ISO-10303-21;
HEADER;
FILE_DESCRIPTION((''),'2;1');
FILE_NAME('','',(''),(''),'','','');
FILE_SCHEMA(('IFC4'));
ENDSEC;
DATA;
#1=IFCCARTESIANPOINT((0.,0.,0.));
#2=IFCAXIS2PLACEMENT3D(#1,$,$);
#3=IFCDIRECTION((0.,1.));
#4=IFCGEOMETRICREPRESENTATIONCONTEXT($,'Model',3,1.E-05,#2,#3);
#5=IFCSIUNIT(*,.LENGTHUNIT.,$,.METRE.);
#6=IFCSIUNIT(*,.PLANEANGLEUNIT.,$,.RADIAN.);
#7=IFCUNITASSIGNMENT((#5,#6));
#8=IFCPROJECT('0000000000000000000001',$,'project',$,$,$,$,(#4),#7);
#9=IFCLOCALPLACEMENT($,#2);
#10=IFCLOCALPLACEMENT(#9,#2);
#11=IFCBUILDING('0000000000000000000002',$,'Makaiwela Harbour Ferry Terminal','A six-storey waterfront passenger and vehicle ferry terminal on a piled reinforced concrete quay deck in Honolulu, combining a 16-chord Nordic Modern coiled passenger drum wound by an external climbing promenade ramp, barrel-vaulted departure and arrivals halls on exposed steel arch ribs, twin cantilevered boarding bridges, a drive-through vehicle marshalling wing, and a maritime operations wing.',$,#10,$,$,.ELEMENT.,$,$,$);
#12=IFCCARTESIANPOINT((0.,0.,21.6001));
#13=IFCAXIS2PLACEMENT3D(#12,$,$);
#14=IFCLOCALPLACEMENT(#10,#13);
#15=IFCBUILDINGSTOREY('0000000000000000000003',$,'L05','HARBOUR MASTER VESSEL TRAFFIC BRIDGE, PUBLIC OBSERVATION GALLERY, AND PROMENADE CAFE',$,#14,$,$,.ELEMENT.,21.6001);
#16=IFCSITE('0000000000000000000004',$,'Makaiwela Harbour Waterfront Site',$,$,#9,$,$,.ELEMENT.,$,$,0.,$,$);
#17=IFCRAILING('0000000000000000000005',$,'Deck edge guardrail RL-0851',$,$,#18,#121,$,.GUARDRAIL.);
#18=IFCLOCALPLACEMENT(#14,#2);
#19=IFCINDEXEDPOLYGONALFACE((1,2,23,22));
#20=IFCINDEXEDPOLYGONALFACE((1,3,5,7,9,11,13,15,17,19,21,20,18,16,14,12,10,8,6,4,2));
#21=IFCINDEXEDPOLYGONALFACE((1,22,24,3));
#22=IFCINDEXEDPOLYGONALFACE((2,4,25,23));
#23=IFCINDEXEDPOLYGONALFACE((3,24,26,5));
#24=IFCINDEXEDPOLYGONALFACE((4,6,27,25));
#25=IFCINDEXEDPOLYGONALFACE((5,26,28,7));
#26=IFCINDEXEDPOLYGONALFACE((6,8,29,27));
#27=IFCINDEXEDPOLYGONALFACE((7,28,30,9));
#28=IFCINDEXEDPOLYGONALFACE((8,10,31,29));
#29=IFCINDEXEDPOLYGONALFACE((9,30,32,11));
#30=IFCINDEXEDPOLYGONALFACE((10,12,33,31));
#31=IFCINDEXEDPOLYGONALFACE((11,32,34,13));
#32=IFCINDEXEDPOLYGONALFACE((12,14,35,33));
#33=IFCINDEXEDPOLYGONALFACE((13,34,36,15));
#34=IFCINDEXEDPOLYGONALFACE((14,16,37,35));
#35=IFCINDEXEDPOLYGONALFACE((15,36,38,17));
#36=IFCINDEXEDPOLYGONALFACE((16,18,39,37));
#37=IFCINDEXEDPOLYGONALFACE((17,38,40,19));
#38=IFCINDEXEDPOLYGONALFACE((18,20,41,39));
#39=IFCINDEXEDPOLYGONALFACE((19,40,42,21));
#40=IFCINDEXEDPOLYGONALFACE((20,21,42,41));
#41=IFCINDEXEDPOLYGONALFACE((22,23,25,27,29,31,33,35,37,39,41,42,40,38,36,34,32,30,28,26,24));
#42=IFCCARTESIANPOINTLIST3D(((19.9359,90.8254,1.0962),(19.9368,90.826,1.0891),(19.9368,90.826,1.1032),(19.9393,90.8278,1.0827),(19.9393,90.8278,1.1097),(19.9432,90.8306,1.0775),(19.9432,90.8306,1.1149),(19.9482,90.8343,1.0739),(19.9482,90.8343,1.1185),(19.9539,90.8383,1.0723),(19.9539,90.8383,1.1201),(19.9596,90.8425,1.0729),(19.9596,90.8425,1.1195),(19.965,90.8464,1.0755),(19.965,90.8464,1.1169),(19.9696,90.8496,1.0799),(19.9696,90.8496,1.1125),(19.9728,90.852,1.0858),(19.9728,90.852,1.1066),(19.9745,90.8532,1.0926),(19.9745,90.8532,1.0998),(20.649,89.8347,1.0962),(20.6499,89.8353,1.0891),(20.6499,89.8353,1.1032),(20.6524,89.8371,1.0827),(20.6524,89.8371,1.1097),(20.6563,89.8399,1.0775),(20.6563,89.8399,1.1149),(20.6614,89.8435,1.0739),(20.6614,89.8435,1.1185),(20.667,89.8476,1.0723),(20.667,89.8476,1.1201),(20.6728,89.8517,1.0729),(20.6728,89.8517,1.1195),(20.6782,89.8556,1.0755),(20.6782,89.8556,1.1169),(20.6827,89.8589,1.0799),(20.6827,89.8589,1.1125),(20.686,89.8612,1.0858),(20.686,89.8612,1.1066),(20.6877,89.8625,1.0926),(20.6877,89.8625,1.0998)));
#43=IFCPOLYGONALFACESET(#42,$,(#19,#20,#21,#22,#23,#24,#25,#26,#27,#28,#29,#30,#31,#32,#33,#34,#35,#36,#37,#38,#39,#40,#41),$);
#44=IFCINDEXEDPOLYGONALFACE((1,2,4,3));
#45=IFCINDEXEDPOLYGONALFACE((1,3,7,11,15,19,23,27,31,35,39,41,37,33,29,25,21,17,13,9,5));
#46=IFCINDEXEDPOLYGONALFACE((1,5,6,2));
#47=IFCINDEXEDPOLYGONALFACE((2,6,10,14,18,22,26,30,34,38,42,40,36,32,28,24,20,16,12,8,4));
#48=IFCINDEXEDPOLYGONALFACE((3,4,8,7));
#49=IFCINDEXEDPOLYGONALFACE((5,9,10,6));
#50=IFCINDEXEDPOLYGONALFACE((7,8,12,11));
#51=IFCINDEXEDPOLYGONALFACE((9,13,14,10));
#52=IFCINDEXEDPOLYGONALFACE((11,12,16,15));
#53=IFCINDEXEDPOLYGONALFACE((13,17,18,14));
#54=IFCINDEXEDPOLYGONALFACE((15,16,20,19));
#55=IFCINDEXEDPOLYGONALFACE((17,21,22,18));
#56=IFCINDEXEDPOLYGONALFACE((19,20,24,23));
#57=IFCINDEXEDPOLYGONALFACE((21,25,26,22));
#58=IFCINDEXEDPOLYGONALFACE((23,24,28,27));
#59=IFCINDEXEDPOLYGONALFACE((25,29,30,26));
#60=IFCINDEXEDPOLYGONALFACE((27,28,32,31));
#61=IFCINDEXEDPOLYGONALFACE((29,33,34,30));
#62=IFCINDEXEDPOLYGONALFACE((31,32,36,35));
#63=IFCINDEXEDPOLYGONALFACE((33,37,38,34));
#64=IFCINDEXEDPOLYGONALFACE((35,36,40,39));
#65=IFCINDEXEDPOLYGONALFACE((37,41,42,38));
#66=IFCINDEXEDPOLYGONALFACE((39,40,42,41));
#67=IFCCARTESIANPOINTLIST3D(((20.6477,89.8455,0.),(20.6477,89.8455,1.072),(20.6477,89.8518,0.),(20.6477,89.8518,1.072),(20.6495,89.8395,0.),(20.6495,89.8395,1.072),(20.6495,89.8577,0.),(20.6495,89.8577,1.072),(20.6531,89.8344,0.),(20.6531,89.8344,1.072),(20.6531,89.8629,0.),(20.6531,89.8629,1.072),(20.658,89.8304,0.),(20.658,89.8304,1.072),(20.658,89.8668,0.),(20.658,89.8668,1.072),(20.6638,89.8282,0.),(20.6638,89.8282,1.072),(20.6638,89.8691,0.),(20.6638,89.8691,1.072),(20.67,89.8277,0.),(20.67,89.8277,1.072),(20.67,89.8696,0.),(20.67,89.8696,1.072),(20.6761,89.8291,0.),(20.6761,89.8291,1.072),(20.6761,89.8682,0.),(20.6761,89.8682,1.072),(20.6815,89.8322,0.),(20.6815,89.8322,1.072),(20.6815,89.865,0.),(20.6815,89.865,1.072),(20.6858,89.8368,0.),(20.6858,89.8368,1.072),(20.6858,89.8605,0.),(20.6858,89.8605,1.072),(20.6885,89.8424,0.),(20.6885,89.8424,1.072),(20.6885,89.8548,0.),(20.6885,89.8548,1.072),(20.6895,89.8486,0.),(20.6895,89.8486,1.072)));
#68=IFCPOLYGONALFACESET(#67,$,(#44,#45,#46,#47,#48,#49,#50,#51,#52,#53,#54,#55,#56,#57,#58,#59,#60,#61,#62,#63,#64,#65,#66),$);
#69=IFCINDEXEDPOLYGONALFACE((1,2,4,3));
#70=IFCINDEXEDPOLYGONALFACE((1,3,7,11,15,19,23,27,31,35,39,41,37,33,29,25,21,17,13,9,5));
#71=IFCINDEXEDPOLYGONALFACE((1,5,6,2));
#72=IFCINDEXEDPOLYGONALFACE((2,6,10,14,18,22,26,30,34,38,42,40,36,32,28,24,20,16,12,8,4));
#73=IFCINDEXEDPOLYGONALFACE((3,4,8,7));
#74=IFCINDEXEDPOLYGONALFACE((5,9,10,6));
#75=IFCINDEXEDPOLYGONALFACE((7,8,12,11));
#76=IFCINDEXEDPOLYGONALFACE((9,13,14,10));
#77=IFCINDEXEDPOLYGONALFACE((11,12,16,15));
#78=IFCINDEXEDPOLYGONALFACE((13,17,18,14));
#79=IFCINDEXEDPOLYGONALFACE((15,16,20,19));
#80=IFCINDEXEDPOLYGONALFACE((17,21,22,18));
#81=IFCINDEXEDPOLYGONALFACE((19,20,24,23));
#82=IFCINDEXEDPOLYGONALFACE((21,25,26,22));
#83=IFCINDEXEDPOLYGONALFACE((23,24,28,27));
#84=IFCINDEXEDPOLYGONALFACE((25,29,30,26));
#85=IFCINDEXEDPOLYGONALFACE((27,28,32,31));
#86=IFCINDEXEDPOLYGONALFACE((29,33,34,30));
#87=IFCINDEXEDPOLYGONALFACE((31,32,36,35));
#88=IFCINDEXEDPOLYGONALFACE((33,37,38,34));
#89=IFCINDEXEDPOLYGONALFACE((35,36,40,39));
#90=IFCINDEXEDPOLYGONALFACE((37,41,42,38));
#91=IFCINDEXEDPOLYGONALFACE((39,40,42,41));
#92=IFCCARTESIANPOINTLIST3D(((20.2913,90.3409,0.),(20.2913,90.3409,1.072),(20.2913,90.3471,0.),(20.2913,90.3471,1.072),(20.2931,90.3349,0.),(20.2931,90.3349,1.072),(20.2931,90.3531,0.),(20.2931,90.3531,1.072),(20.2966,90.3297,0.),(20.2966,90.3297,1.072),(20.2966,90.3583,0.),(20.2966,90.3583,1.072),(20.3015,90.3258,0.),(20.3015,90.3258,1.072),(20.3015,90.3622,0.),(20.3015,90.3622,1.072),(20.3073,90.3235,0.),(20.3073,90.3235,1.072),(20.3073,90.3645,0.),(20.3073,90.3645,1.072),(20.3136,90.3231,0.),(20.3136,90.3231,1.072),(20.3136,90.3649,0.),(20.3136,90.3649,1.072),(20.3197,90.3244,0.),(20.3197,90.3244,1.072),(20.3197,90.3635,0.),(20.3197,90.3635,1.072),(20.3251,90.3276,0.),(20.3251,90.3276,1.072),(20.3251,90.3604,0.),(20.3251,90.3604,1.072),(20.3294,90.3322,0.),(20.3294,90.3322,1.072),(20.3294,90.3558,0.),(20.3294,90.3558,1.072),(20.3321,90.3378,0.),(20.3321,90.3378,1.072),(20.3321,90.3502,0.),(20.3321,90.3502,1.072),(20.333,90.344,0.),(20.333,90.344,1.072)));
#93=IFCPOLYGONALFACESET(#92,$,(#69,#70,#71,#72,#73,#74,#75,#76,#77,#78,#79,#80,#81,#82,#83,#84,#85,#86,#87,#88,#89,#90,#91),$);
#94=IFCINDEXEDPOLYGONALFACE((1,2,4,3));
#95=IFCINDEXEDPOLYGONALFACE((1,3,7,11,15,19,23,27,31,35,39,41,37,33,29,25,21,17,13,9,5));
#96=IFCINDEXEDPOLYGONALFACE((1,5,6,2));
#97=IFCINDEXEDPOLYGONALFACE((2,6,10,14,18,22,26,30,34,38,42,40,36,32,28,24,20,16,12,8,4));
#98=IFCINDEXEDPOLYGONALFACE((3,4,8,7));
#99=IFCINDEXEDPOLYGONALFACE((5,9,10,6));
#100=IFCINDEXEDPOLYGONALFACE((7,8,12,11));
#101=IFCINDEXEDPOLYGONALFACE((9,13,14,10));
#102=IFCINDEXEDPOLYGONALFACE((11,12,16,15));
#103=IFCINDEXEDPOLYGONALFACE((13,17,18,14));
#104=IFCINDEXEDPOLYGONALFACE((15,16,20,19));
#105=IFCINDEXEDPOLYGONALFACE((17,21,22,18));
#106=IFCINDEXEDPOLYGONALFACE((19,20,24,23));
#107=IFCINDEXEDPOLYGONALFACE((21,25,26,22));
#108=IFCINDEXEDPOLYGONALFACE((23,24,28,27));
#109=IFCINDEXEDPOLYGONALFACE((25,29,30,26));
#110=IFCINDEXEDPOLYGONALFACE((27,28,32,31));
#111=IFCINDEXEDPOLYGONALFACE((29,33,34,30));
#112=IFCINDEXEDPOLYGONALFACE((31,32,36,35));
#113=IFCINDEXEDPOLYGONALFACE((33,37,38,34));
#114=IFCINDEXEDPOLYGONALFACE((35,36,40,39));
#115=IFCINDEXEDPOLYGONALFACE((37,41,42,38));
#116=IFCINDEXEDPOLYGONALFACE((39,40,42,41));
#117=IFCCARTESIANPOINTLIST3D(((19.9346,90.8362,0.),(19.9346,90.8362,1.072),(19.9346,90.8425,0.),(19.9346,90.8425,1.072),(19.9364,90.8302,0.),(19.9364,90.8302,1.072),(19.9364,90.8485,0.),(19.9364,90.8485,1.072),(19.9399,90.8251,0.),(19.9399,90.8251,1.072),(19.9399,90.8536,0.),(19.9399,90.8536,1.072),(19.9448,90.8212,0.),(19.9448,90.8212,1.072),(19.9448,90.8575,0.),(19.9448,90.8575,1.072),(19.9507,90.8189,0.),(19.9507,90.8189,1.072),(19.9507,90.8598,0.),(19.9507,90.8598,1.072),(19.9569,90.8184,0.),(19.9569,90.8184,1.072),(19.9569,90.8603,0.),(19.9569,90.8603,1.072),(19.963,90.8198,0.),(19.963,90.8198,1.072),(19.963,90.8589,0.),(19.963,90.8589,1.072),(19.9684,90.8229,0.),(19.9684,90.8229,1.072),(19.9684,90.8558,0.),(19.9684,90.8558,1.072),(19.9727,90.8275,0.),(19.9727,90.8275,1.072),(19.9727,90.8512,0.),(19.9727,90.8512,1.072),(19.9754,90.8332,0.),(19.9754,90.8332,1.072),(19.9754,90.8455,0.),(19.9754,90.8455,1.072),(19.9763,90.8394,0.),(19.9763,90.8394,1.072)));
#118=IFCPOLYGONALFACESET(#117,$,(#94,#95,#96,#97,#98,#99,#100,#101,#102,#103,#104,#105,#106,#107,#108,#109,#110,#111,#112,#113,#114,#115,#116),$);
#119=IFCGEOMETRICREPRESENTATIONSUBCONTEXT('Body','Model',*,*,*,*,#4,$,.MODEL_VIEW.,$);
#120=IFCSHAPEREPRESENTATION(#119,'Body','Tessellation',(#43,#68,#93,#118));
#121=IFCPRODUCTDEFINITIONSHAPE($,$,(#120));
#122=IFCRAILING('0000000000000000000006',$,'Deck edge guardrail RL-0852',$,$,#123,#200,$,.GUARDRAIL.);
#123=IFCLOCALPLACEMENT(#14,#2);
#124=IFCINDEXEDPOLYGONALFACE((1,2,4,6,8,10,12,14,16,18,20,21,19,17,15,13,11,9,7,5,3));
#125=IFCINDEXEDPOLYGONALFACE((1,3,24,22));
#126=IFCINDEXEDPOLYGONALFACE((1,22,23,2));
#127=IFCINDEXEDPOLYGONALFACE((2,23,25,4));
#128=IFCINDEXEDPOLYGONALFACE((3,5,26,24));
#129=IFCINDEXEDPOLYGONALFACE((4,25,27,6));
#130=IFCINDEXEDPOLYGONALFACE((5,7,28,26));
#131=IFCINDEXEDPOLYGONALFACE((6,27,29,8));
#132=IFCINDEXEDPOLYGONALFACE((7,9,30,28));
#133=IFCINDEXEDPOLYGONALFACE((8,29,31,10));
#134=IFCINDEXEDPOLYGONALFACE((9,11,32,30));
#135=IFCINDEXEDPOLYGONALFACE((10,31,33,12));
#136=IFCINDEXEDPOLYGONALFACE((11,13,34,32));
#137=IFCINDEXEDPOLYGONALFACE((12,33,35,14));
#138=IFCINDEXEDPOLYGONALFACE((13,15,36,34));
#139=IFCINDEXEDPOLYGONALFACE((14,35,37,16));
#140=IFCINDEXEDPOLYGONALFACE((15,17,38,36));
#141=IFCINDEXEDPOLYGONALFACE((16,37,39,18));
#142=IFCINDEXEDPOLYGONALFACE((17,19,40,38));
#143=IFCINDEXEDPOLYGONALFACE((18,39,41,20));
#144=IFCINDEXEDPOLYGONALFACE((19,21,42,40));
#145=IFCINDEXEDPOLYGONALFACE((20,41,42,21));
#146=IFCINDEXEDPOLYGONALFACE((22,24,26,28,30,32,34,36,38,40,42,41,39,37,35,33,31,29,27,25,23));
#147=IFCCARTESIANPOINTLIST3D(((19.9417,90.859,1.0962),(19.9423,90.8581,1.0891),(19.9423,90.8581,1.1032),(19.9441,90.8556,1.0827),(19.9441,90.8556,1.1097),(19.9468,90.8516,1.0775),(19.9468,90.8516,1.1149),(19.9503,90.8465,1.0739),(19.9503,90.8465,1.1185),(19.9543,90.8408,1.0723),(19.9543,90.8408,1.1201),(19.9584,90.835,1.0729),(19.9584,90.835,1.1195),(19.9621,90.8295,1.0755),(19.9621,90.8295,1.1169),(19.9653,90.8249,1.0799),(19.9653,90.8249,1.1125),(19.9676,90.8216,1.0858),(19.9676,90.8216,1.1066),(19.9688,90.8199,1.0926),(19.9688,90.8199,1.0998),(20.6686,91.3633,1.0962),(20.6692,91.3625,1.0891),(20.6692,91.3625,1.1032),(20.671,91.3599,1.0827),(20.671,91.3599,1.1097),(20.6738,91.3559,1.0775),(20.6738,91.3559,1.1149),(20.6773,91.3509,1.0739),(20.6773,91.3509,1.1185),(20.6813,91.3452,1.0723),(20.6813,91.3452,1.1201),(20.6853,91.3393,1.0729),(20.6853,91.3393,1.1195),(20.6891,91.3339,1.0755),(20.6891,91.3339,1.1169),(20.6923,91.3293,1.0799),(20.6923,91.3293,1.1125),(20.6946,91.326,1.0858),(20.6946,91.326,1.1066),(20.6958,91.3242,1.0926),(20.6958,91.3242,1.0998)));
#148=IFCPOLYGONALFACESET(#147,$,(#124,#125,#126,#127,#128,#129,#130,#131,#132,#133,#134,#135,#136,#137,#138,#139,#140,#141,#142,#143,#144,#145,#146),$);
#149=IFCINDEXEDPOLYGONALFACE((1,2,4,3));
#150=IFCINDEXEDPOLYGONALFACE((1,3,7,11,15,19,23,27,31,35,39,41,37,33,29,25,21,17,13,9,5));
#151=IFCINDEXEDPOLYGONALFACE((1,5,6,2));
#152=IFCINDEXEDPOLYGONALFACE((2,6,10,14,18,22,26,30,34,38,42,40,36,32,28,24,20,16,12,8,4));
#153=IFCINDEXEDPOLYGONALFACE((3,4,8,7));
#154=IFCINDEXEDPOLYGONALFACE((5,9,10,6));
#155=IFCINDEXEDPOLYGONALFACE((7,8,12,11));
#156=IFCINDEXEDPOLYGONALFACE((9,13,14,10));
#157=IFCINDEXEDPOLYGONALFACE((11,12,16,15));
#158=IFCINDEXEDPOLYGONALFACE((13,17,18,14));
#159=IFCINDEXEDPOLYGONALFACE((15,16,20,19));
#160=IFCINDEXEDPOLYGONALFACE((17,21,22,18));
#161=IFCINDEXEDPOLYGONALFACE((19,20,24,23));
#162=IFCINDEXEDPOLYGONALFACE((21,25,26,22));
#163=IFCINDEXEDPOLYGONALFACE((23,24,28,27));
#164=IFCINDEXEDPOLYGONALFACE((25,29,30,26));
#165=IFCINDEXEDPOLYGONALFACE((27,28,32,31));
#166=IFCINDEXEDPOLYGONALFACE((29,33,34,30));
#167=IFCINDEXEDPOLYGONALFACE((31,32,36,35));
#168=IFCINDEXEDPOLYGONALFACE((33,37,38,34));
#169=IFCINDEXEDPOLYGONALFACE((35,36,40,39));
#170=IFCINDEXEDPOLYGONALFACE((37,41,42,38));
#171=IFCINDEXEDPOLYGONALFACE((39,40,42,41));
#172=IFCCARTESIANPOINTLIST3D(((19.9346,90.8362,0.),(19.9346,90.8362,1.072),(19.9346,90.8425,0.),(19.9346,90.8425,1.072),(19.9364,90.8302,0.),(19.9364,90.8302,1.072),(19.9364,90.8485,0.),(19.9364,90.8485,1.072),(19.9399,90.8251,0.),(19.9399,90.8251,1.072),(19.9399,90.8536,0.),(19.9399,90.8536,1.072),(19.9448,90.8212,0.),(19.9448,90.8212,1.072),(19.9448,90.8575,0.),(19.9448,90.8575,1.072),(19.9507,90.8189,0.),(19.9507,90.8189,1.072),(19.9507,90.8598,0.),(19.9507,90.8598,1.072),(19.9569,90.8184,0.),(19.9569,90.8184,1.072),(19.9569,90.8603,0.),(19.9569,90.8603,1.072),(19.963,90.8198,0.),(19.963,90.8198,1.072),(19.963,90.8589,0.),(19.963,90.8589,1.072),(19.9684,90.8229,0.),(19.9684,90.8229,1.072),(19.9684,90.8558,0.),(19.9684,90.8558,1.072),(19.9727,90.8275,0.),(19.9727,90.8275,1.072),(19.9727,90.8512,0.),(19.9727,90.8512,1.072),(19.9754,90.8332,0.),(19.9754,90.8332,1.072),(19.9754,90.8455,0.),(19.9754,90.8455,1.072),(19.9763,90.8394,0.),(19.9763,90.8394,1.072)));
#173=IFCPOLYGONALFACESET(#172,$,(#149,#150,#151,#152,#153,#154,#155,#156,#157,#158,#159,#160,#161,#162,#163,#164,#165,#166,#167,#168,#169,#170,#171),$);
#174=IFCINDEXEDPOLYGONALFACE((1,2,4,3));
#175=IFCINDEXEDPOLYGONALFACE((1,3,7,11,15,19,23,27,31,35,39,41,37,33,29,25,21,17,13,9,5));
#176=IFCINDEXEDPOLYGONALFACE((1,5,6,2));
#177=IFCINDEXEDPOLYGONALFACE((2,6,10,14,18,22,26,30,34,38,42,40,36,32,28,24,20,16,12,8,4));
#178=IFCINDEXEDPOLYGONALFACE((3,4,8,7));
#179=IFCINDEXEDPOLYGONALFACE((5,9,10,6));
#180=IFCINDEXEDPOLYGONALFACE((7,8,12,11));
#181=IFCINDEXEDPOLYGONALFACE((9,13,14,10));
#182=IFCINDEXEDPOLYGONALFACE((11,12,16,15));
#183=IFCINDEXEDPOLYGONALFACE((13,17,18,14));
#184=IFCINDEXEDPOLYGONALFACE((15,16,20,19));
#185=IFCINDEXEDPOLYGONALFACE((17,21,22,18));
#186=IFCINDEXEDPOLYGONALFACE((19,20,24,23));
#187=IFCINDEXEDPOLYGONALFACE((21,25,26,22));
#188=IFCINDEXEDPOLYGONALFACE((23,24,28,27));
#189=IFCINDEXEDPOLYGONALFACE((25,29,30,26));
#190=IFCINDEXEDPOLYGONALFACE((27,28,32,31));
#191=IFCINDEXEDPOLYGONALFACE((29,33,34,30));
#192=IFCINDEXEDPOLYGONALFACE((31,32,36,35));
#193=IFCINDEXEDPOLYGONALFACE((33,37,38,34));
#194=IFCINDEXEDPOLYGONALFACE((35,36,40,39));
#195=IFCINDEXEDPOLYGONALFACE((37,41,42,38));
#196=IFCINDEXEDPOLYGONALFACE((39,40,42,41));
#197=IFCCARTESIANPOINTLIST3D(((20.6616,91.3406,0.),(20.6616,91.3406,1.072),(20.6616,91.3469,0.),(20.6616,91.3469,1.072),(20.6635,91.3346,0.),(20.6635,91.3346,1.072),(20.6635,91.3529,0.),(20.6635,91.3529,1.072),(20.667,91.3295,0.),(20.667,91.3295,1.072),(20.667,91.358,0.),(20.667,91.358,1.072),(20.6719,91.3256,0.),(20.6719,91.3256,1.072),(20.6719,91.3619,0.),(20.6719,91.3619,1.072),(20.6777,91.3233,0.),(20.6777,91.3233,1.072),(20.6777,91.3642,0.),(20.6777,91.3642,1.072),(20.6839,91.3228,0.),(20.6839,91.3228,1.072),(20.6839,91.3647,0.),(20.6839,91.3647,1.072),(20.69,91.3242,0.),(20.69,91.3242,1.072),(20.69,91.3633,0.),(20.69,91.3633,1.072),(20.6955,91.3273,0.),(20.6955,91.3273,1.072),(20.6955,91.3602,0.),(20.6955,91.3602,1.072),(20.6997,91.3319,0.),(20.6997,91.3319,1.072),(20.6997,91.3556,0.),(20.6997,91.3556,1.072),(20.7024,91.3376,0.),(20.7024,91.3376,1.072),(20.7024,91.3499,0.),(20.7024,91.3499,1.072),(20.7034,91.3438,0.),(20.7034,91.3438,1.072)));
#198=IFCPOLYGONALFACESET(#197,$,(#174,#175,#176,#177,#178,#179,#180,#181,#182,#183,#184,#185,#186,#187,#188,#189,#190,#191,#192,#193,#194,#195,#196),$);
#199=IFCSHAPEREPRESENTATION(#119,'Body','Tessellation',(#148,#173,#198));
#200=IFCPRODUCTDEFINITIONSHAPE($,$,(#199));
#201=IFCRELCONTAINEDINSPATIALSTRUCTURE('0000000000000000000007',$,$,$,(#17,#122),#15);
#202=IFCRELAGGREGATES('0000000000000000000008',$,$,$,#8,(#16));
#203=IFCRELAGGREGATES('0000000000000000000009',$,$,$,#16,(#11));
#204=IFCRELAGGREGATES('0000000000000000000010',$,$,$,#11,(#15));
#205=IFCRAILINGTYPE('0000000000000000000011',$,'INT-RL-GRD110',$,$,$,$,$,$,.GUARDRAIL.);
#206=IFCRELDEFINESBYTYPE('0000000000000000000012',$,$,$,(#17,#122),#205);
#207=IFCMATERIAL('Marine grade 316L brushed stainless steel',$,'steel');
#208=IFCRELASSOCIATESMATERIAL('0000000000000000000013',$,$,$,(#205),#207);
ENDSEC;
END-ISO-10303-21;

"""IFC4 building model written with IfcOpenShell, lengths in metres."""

from ifc_helpers import new_model, si_unit, direction, frame, origin, origin_2d, place, context, subcontext, project, spatial, circle, extrude, material, type_object, element, save


model = new_model("IFC4")

# Units and contexts
model_context = context("Model", 3, precision=1e-05, world=origin(), true_north=direction((0.0, 1.0)))
body_context = subcontext(model_context, "Body", "Model", "MODEL_VIEW")
ifc_project = project(units=[si_unit("LENGTHUNIT", "METRE"), si_unit("PLANEANGLEUNIT", "RADIAN")], contexts=[model_context])

# Site, building, storey
site_placement = place(None, origin())
site = spatial("IfcSite", under=ifc_project, at=site_placement, Name="Makaiwela Harbour Waterfront Site", CompositionType="ELEMENT", RefElevation=0.0)
building_placement = place(site_placement, origin())
building = spatial("IfcBuilding", under=site, at=building_placement, Name="Makaiwela Harbour Ferry Terminal", Description="A six-storey waterfront passenger and vehicle ferry terminal on a piled reinforced concrete quay deck in Honolulu, combining a 16-chord Nordic Modern coiled passenger drum wound by an external climbing promenade ramp, barrel-vaulted departure and arrivals halls on exposed steel arch ribs, twin cantilevered boarding bridges, a drive-through vehicle marshalling wing, and a maritime operations wing.", CompositionType="ELEMENT")
storey_placement = place(building_placement, frame((0.0, 0.0, 21.6001)))
storey = spatial("IfcBuildingStorey", under=building, at=storey_placement, Name="L05", Description="HARBOUR MASTER VESSEL TRAFFIC BRIDGE, PUBLIC OBSERVATION GALLERY, AND PROMENADE CAFE", CompositionType="ELEMENT", Elevation=21.6001)

# Railings
ifc_material_1 = material(Name="Marine grade 316L brushed stainless steel", Category="steel")
railing_type = type_object("IfcRailingType", Name="INT-RL-GRD110", PredefinedType="GUARDRAIL", material=ifc_material_1)
railing_1_placement = place(storey_placement, frame((20.6685, 89.8486, 0.0)))
element("IfcRailing", 1, at=railing_1_placement, inside=storey, type_object=railing_type, Name="Deck edge guardrail RL-0851", PredefinedType="GUARDRAIL", context=body_context, shape_type="SweptSolid", body=[
    extrude(circle(Radius=0.0239, at=origin_2d()), frame((0.0, 0.0, 1.0962), z_axis=(-0.584205, 0.811606, 0.0), x_axis=(-0.811606, -0.584205, 0.0)), (0.0, 0.0, 1.0), 1.2207),
    extrude(circle(Radius=0.021, at=origin_2d()), origin(), (0.0, 0.0, 1.0), 1.072),
    extrude(circle(Radius=0.021, at=origin_2d()), frame((-0.3564, 0.4954, 0.0)), (0.0, 0.0, 1.0), 1.072),
    extrude(circle(Radius=0.021, at=origin_2d()), frame((-0.7131, 0.9907, 0.0)), (0.0, 0.0, 1.0), 1.072),
])
railing_2_placement = place(storey_placement, frame((19.9553, 90.8394, 0.0)))
element("IfcRailing", 2, at=railing_2_placement, inside=storey, type_object=railing_type, Name="Deck edge guardrail RL-0852", PredefinedType="GUARDRAIL", context=body_context, shape_type="SweptSolid", body=[
    extrude(circle(Radius=0.0239, at=origin_2d()), frame((0.0, 0.0, 1.0962), z_axis=(0.821636, 0.570013, 0.0), x_axis=(-0.570013, 0.821636, 0.0)), (0.0, 0.0, 1.0), 0.8848),
    extrude(circle(Radius=0.021, at=origin_2d()), origin(), (0.0, 0.0, 1.0), 1.072),
    extrude(circle(Radius=0.021, at=origin_2d()), frame((0.7271, 0.5044, 0.0)), (0.0, 0.0, 1.0), 1.072),
])

save(model, "model.ifc")
